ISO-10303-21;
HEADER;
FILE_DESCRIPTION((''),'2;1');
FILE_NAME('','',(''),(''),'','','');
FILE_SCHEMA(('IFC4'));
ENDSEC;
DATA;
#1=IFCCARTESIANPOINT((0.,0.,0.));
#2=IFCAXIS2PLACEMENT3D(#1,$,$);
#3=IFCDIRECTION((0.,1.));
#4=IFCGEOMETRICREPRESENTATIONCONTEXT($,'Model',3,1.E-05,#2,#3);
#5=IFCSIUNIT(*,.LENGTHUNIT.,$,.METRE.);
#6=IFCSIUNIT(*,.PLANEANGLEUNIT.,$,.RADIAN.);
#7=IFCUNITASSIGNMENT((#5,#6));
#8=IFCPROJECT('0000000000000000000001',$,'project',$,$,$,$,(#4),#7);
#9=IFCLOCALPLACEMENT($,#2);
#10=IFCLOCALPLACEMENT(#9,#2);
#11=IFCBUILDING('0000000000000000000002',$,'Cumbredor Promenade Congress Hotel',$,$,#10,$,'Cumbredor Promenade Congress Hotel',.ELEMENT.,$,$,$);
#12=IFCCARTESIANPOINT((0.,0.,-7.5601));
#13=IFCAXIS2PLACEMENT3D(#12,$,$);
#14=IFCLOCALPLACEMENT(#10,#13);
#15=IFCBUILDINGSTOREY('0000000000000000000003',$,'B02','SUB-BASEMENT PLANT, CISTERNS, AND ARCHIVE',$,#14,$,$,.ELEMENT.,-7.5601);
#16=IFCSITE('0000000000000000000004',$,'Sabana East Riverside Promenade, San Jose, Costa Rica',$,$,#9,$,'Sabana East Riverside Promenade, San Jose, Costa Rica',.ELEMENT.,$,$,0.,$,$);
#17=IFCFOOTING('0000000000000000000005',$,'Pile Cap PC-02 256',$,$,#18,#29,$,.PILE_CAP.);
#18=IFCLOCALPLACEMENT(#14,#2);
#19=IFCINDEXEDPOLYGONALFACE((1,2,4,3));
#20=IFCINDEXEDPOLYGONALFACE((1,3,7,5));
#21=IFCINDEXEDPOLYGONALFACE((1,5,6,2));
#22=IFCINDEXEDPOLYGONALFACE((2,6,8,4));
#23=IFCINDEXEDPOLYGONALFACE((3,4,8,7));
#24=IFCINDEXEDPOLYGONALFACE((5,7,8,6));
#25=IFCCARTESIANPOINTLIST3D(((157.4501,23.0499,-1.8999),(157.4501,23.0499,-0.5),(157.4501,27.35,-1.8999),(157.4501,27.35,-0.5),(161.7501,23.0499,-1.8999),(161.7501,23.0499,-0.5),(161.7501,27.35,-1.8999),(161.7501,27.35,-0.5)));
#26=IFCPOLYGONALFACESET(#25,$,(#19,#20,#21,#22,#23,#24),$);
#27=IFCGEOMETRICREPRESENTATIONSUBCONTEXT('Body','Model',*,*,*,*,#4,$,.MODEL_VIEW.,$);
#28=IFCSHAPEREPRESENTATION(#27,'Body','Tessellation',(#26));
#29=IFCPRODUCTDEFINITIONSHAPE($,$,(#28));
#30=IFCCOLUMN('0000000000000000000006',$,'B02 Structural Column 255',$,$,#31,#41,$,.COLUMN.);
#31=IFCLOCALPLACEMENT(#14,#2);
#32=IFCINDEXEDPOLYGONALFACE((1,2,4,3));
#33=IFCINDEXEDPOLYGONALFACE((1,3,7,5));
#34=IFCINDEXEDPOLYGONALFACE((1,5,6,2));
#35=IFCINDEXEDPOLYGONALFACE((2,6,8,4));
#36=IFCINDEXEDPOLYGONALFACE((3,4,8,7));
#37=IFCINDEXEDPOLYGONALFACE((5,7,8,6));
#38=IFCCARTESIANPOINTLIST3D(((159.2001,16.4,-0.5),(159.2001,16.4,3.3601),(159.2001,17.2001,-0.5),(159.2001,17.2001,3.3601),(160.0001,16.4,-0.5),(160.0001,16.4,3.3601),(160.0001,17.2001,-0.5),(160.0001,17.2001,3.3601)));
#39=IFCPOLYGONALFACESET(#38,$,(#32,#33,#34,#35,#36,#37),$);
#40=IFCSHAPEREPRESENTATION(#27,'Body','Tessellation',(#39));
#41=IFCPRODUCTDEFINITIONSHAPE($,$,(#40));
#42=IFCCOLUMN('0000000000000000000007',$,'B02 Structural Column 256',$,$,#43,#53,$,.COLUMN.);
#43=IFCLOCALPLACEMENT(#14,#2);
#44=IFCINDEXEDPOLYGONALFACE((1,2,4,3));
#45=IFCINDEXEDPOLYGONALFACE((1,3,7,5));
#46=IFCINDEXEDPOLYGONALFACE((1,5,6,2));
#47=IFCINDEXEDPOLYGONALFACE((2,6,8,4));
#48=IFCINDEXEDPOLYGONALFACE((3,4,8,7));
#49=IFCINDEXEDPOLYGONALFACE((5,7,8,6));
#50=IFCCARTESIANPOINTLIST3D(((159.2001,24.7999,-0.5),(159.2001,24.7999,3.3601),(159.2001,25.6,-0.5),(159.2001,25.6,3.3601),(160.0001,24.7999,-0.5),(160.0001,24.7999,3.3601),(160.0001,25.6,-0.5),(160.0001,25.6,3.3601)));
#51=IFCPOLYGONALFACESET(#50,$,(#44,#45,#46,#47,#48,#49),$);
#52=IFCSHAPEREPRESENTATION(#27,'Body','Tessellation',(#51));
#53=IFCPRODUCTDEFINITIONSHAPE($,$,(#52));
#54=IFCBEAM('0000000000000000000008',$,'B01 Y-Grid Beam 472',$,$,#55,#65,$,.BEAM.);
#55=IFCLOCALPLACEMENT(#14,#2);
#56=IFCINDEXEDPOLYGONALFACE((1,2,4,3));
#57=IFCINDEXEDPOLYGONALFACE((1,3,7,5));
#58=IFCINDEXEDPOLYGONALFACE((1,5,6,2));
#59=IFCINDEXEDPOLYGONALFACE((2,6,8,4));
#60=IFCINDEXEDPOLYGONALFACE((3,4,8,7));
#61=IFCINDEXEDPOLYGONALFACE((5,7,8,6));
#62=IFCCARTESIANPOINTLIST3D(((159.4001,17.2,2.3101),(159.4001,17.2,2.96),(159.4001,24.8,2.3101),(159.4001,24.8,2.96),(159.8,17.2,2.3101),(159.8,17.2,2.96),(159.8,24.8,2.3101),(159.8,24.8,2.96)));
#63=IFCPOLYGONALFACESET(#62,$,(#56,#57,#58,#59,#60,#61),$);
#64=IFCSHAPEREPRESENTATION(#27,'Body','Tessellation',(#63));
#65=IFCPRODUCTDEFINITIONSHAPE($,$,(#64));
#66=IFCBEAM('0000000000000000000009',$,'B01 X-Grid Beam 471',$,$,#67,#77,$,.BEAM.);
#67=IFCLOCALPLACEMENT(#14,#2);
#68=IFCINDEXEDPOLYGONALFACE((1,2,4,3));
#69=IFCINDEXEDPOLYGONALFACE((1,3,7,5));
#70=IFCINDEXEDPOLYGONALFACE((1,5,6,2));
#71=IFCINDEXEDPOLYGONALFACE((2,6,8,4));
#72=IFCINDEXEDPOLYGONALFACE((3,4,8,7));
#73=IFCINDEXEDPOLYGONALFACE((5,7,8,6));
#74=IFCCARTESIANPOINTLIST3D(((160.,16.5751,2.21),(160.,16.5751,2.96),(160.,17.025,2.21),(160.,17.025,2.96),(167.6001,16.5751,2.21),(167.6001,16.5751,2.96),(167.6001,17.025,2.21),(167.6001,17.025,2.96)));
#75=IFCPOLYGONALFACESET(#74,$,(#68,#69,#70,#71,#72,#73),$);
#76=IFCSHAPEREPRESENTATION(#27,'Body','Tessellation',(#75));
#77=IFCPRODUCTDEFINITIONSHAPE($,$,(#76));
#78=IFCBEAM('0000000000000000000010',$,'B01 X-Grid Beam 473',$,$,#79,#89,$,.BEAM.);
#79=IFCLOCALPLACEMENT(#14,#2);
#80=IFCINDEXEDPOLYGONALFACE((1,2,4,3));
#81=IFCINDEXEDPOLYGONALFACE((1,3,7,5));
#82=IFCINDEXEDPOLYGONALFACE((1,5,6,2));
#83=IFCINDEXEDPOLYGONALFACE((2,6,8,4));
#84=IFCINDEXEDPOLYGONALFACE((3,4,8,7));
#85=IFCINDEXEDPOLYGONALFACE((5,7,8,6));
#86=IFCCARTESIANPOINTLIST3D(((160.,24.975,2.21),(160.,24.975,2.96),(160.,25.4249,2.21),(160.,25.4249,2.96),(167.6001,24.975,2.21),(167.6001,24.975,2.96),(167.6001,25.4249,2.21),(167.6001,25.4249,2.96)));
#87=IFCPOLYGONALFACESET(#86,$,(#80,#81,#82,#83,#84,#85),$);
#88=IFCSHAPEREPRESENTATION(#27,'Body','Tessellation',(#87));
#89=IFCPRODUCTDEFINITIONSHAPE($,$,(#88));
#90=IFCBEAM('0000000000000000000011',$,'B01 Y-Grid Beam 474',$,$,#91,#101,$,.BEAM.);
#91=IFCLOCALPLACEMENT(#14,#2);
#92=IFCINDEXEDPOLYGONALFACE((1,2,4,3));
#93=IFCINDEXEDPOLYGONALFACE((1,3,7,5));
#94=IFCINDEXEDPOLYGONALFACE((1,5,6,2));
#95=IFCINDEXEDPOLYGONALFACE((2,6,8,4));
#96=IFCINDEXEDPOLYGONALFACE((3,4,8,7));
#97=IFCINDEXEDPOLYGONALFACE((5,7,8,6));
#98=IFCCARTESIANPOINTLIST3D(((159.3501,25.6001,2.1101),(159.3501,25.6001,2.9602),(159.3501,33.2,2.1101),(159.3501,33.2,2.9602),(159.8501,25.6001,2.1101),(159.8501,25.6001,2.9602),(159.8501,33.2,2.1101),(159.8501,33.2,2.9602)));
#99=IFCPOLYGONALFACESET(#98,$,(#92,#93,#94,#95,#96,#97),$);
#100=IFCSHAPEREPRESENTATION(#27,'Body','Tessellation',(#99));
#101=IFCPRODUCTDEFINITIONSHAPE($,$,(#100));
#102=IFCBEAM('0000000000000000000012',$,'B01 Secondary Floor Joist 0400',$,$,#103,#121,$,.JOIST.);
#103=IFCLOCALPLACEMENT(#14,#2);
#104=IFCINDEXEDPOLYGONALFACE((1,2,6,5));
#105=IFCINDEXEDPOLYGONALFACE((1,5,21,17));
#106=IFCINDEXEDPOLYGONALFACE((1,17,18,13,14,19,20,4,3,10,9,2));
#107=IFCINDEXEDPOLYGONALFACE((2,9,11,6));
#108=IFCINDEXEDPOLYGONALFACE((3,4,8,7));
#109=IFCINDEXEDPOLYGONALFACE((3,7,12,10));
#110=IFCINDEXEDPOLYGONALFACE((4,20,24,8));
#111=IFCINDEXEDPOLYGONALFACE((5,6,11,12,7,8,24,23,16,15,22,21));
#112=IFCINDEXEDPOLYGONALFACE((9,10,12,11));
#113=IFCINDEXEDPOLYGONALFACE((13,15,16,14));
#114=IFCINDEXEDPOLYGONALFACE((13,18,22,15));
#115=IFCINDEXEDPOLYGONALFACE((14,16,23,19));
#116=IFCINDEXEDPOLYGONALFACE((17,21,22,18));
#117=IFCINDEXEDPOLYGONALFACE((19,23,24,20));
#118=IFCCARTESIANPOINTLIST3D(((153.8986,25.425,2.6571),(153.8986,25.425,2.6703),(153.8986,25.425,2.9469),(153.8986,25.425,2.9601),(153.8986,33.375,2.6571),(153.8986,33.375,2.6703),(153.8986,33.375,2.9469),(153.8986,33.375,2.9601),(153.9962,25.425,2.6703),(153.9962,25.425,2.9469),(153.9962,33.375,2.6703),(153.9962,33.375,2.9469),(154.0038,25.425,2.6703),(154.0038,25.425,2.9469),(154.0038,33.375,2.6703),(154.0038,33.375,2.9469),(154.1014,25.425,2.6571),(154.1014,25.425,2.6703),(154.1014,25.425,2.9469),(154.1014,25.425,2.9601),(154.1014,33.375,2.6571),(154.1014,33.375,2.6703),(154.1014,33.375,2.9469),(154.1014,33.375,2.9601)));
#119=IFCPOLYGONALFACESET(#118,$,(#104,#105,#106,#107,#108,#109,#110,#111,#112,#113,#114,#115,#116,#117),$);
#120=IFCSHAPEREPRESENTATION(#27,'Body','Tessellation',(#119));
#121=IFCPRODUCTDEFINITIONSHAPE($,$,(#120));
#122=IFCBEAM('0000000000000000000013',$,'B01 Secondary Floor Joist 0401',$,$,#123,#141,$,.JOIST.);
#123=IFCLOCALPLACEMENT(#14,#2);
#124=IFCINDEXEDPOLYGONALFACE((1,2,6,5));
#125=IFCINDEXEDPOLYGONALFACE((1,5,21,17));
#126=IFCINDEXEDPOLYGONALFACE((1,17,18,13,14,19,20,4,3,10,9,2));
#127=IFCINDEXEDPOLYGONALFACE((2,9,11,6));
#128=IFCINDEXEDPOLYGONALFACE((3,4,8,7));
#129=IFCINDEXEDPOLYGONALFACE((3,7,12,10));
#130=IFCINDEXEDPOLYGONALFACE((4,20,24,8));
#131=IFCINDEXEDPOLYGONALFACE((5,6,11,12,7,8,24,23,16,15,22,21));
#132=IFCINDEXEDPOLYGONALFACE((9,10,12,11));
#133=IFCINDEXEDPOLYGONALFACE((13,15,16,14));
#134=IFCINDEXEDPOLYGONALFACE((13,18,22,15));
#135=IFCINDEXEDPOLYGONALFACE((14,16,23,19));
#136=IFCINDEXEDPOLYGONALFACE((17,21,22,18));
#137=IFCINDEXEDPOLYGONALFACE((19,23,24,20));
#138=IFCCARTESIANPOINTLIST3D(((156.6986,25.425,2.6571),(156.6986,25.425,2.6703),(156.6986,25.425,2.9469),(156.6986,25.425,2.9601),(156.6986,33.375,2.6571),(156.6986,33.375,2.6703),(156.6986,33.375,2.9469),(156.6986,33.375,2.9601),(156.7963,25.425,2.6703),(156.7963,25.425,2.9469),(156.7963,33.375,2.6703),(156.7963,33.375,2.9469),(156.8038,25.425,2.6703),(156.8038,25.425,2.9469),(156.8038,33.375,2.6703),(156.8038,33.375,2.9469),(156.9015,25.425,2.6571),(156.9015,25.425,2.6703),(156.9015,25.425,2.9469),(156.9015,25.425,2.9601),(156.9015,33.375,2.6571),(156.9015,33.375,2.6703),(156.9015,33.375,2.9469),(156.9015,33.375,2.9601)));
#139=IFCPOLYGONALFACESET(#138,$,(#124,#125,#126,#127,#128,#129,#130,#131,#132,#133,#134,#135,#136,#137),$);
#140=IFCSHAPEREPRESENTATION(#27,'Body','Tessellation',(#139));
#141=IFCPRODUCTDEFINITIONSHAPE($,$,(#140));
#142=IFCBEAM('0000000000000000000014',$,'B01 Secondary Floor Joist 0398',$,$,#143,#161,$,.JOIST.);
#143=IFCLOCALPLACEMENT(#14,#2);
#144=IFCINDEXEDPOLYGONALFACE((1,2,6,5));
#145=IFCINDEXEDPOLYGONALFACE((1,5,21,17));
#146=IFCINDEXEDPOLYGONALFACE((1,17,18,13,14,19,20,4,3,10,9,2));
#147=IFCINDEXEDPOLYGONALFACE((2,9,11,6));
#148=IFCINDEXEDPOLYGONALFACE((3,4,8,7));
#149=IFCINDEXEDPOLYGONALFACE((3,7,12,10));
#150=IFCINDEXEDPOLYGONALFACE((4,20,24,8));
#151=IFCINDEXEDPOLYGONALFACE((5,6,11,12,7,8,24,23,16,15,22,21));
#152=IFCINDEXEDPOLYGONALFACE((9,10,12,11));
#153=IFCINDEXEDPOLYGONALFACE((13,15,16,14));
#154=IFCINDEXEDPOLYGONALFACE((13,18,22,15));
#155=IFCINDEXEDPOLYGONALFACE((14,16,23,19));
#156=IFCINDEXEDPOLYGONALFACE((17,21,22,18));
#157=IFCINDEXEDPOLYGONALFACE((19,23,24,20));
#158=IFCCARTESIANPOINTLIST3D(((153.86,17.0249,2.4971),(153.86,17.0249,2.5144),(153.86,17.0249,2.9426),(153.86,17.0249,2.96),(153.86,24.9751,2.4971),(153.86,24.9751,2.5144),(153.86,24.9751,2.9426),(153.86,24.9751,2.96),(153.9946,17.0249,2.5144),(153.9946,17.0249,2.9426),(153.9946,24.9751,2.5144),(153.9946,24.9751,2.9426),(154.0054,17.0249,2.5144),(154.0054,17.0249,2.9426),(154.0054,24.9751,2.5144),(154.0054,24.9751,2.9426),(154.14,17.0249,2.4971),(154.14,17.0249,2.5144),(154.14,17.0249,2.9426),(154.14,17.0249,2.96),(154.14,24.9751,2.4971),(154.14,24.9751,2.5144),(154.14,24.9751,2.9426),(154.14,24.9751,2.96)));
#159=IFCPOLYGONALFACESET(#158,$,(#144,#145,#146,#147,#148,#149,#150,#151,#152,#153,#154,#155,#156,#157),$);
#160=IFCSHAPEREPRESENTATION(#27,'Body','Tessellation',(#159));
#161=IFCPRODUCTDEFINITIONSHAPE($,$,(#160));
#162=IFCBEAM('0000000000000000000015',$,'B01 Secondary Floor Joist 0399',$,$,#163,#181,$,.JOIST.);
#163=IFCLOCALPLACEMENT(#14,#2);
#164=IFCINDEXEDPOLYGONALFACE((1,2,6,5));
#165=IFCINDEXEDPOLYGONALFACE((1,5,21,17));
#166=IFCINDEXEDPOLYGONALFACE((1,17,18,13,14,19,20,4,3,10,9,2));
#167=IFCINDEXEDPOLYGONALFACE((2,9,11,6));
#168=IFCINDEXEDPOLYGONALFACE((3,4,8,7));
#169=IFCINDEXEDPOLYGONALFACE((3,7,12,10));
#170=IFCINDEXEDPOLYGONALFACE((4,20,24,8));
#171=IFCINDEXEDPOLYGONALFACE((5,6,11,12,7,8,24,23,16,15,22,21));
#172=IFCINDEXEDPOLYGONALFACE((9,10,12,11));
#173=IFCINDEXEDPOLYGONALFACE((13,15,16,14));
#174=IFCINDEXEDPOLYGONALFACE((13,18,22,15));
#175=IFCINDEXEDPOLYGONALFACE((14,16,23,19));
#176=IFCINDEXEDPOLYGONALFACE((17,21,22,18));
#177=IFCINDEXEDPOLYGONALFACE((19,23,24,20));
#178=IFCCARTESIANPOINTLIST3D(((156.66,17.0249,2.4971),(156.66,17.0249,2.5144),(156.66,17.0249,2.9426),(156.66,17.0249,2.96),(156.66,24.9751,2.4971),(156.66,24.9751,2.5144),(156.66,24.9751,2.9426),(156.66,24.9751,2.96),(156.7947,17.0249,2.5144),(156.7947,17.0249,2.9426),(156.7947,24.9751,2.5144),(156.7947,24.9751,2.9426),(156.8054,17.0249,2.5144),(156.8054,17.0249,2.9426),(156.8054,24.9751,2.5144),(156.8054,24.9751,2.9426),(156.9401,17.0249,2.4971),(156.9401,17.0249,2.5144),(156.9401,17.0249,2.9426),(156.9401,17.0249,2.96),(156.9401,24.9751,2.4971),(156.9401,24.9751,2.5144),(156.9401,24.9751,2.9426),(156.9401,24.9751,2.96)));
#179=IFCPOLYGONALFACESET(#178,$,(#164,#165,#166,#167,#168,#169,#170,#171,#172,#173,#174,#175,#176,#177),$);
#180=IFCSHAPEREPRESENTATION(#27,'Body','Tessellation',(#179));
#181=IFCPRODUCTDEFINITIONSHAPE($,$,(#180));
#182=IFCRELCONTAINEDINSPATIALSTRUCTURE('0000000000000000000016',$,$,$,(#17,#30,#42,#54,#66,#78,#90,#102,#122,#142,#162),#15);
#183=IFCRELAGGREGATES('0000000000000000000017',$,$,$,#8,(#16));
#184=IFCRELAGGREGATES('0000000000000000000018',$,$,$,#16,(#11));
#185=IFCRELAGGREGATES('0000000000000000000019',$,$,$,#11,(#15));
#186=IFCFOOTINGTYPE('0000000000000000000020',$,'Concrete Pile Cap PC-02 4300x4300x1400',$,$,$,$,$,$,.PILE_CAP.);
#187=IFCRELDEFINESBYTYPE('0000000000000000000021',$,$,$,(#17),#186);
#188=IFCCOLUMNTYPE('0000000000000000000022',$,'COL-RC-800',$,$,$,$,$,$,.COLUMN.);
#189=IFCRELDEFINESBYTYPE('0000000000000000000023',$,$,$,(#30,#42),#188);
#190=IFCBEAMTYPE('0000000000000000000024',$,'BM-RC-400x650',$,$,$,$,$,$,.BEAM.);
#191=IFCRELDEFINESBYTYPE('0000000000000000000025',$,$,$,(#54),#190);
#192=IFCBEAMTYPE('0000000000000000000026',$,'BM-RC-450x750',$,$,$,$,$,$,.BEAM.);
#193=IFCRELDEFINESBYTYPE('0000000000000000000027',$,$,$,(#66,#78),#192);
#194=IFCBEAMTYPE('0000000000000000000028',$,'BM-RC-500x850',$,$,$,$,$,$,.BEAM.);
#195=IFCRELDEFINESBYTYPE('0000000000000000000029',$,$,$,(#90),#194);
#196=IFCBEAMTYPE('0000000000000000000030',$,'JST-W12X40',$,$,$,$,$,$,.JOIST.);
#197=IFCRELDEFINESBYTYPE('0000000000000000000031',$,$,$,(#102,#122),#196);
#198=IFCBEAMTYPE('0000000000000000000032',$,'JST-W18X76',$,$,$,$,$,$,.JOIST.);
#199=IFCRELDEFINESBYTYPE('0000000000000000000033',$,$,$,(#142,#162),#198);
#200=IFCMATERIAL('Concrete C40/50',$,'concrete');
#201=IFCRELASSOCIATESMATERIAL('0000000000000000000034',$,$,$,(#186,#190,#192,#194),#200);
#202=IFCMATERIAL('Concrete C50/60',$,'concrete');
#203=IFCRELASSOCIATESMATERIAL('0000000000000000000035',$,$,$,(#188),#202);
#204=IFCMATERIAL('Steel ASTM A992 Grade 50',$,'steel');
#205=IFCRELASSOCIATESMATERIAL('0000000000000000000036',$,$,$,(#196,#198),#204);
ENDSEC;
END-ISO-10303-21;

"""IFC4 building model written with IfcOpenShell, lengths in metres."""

from ifc_helpers import new_model, si_unit, direction, frame, origin, origin_2d, place, context, subcontext, project, spatial, rectangle, i_section, extrude, material, material_profile, profile_set, type_object, element, save


model = new_model("IFC4")

# Units and contexts
model_context = context("Model", 3, precision=1e-05, world=origin(), true_north=direction((0.0, 1.0)))
body_context = subcontext(model_context, "Body", "Model", "MODEL_VIEW")
ifc_project = project(units=[si_unit("LENGTHUNIT", "METRE"), si_unit("PLANEANGLEUNIT", "RADIAN")], contexts=[model_context])

# Site, building, storey
site_placement = place(None, origin())
site = spatial("IfcSite", under=ifc_project, at=site_placement, Name="Sabana East Riverside Promenade, San Jose, Costa Rica", LongName="Sabana East Riverside Promenade, San Jose, Costa Rica", CompositionType="ELEMENT", RefElevation=0.0)
building_placement = place(site_placement, origin())
building = spatial("IfcBuilding", under=site, at=building_placement, Name="Cumbredor Promenade Congress Hotel", LongName="Cumbredor Promenade Congress Hotel", CompositionType="ELEMENT")
storey_placement = place(building_placement, frame((0.0, 0.0, -7.5601)))
storey = spatial("IfcBuildingStorey", under=building, at=storey_placement, Name="B02", Description="SUB-BASEMENT PLANT, CISTERNS, AND ARCHIVE", CompositionType="ELEMENT", Elevation=-7.5601)

# Shared definitions
ifc_material_1 = material(Name="Concrete C40/50", Category="concrete")

# Footing
footing_type_1 = type_object("IfcFootingType", Name="Concrete Pile Cap PC-02 4300x4300x1400", PredefinedType="PILE_CAP", material=ifc_material_1)
for number, where, z_axis, x_axis, name in (
    (1, (159.6001, 25.2, -1.8999), (0.0, 0.0, 1.0), (1.0, 0.0, 0.0), "Pile Cap PC-02 256"),
):
    element("IfcFooting", number, at=place(storey_placement, frame(where, z_axis=z_axis, x_axis=x_axis)), inside=storey, type_object=footing_type_1, Name=name, PredefinedType="PILE_CAP", context=body_context, shape_type="SweptSolid", body=[
        extrude(rectangle(XDim=4.3, YDim=4.3, at=origin_2d()), origin(), (0.0, 0.0, 1.0), 1.3999),
    ])

# Columns
ifc_material_2 = material(Name="Concrete C50/60", Category="concrete")
ifc_material_profile_1 = material_profile(ifc_material_2, rectangle(XDim=0.8, YDim=0.8, at=origin_2d()), Name="RC 800x800")
ifc_profile_set_1 = profile_set([ifc_material_profile_1], Name="Concrete C50/60")
column_type = type_object("IfcColumnType", Name="COL-RC-800", PredefinedType="COLUMN", material=ifc_profile_set_1)
for number, where, z_axis, x_axis, name in (
    (2, (159.6001, 16.8, -0.5), (0.0, 0.0, 1.0), (1.0, 0.0, 0.0), "B02 Structural Column 255"),
    (3, (159.6001, 25.2, -0.5), (0.0, 0.0, 1.0), (1.0, 0.0, 0.0), "B02 Structural Column 256"),
):
    element("IfcColumn", number, at=place(storey_placement, frame(where, z_axis=z_axis, x_axis=x_axis)), inside=storey, type_object=column_type, Name=name, PredefinedType="COLUMN", context=body_context, shape_type="SweptSolid", body=[
        extrude(rectangle(XDim=0.8, YDim=0.8, at=origin_2d()), origin(), (0.0, 0.0, 1.0), 3.8601),
    ])

# Beams
ifc_material_profile_2 = material_profile(ifc_material_1, rectangle(XDim=0.3999, YDim=0.6499, at=origin_2d()), Name="RC BEAM 400x650")
ifc_profile_set_2 = profile_set([ifc_material_profile_2], Name="Concrete C40/50")
beam_type_1 = type_object("IfcBeamType", Name="BM-RC-400x650", PredefinedType="BEAM", material=ifc_profile_set_2)
beam_1_placement = place(storey_placement, frame((159.6001, 17.2, 2.635), z_axis=(0.0, 1.0, 0.0), x_axis=(-1.0, 0.0, 0.0)))
element("IfcBeam", 4, at=beam_1_placement, inside=storey, type_object=beam_type_1, Name="B01 Y-Grid Beam 472", PredefinedType="BEAM", context=body_context, shape_type="SweptSolid", body=[
    extrude(rectangle(XDim=0.3999, YDim=0.6499, at=origin_2d()), origin(), (0.0, 0.0, 1.0), 7.6001),
])
ifc_material_profile_3 = material_profile(ifc_material_1, rectangle(XDim=0.45, YDim=0.75, at=origin_2d()), Name="RC BEAM 450x750")
ifc_profile_set_3 = profile_set([ifc_material_profile_3], Name="Concrete C40/50")
beam_type_2 = type_object("IfcBeamType", Name="BM-RC-450x750", PredefinedType="BEAM", material=ifc_profile_set_3)
for number, where, z_axis, x_axis, name in (
    (5, (160.0, 16.8, 2.585), (1.0, 0.0, 0.0), (0.0, 1.0, 0.0), "B01 X-Grid Beam 471"),
    (6, (160.0, 25.2, 2.585), (1.0, 0.0, 0.0), (0.0, 1.0, 0.0), "B01 X-Grid Beam 473"),
):
    element("IfcBeam", number, at=place(storey_placement, frame(where, z_axis=z_axis, x_axis=x_axis)), inside=storey, type_object=beam_type_2, Name=name, PredefinedType="BEAM", context=body_context, shape_type="SweptSolid", body=[
        extrude(rectangle(XDim=0.45, YDim=0.75, at=origin_2d()), origin(), (0.0, 0.0, 1.0), 7.6001),
    ])
ifc_material_profile_4 = material_profile(ifc_material_1, rectangle(XDim=0.5, YDim=0.8501, at=origin_2d()), Name="RC BEAM 500x850")
ifc_profile_set_4 = profile_set([ifc_material_profile_4], Name="Concrete C40/50")
beam_type_3 = type_object("IfcBeamType", Name="BM-RC-500x850", PredefinedType="BEAM", material=ifc_profile_set_4)
beam_2_placement = place(storey_placement, frame((159.6001, 25.6001, 2.5352), z_axis=(0.0, 1.0, 0.0), x_axis=(-1.0, 0.0, 0.0)))
element("IfcBeam", 7, at=beam_2_placement, inside=storey, type_object=beam_type_3, Name="B01 Y-Grid Beam 474", PredefinedType="BEAM", context=body_context, shape_type="SweptSolid", body=[
    extrude(rectangle(XDim=0.5, YDim=0.8501, at=origin_2d()), origin(), (0.0, 0.0, 1.0), 7.5999),
])
ifc_material_3 = material(Name="Steel ASTM A992 Grade 50", Category="steel")
ifc_material_profile_5 = material_profile(ifc_material_3, i_section(OverallWidth=0.2029, OverallDepth=0.303, WebThickness=0.0076, FlangeThickness=0.0132, at=origin_2d()), Name="W12X40")
ifc_profile_set_5 = profile_set([ifc_material_profile_5], Name="Steel ASTM A992 Grade 50")
beam_type_4 = type_object("IfcBeamType", Name="JST-W12X40", PredefinedType="JOIST", material=ifc_profile_set_5)
for number, where, z_axis, x_axis, name in (
    (8, (154.0, 25.425, 2.8086), (0.0, 1.0, 0.0), (-1.0, 0.0, 0.0), "B01 Secondary Floor Joist 0400"),
    (9, (156.8, 25.425, 2.8086), (0.0, 1.0, 0.0), (-1.0, 0.0, 0.0), "B01 Secondary Floor Joist 0401"),
):
    element("IfcBeam", number, at=place(storey_placement, frame(where, z_axis=z_axis, x_axis=x_axis)), inside=storey, type_object=beam_type_4, Name=name, PredefinedType="JOIST", context=body_context, shape_type="SweptSolid", body=[
        extrude(i_section(OverallWidth=0.2029, OverallDepth=0.303, WebThickness=0.0076, FlangeThickness=0.0132, at=origin_2d()), origin(), (0.0, 0.0, 1.0), 7.95),
    ])
ifc_material_profile_6 = material_profile(ifc_material_3, i_section(OverallWidth=0.28, OverallDepth=0.4629, WebThickness=0.0107, FlangeThickness=0.0173, at=origin_2d()), Name="W18X76")
ifc_profile_set_6 = profile_set([ifc_material_profile_6], Name="Steel ASTM A992 Grade 50")
beam_type_5 = type_object("IfcBeamType", Name="JST-W18X76", PredefinedType="JOIST", material=ifc_profile_set_6)
for number, where, z_axis, x_axis, name in (
    (10, (154.0, 17.0249, 2.7285), (0.0, 1.0, 0.0), (-1.0, 0.0, 0.0), "B01 Secondary Floor Joist 0398"),
    (11, (156.8, 17.0249, 2.7285), (0.0, 1.0, 0.0), (-1.0, 0.0, 0.0), "B01 Secondary Floor Joist 0399"),
):
    element("IfcBeam", number, at=place(storey_placement, frame(where, z_axis=z_axis, x_axis=x_axis)), inside=storey, type_object=beam_type_5, Name=name, PredefinedType="JOIST", context=body_context, shape_type="SweptSolid", body=[
        extrude(i_section(OverallWidth=0.28, OverallDepth=0.4629, WebThickness=0.0107, FlangeThickness=0.0173, at=origin_2d()), origin(), (0.0, 0.0, 1.0), 7.9502),
    ])

save(model, "model.ifc")
